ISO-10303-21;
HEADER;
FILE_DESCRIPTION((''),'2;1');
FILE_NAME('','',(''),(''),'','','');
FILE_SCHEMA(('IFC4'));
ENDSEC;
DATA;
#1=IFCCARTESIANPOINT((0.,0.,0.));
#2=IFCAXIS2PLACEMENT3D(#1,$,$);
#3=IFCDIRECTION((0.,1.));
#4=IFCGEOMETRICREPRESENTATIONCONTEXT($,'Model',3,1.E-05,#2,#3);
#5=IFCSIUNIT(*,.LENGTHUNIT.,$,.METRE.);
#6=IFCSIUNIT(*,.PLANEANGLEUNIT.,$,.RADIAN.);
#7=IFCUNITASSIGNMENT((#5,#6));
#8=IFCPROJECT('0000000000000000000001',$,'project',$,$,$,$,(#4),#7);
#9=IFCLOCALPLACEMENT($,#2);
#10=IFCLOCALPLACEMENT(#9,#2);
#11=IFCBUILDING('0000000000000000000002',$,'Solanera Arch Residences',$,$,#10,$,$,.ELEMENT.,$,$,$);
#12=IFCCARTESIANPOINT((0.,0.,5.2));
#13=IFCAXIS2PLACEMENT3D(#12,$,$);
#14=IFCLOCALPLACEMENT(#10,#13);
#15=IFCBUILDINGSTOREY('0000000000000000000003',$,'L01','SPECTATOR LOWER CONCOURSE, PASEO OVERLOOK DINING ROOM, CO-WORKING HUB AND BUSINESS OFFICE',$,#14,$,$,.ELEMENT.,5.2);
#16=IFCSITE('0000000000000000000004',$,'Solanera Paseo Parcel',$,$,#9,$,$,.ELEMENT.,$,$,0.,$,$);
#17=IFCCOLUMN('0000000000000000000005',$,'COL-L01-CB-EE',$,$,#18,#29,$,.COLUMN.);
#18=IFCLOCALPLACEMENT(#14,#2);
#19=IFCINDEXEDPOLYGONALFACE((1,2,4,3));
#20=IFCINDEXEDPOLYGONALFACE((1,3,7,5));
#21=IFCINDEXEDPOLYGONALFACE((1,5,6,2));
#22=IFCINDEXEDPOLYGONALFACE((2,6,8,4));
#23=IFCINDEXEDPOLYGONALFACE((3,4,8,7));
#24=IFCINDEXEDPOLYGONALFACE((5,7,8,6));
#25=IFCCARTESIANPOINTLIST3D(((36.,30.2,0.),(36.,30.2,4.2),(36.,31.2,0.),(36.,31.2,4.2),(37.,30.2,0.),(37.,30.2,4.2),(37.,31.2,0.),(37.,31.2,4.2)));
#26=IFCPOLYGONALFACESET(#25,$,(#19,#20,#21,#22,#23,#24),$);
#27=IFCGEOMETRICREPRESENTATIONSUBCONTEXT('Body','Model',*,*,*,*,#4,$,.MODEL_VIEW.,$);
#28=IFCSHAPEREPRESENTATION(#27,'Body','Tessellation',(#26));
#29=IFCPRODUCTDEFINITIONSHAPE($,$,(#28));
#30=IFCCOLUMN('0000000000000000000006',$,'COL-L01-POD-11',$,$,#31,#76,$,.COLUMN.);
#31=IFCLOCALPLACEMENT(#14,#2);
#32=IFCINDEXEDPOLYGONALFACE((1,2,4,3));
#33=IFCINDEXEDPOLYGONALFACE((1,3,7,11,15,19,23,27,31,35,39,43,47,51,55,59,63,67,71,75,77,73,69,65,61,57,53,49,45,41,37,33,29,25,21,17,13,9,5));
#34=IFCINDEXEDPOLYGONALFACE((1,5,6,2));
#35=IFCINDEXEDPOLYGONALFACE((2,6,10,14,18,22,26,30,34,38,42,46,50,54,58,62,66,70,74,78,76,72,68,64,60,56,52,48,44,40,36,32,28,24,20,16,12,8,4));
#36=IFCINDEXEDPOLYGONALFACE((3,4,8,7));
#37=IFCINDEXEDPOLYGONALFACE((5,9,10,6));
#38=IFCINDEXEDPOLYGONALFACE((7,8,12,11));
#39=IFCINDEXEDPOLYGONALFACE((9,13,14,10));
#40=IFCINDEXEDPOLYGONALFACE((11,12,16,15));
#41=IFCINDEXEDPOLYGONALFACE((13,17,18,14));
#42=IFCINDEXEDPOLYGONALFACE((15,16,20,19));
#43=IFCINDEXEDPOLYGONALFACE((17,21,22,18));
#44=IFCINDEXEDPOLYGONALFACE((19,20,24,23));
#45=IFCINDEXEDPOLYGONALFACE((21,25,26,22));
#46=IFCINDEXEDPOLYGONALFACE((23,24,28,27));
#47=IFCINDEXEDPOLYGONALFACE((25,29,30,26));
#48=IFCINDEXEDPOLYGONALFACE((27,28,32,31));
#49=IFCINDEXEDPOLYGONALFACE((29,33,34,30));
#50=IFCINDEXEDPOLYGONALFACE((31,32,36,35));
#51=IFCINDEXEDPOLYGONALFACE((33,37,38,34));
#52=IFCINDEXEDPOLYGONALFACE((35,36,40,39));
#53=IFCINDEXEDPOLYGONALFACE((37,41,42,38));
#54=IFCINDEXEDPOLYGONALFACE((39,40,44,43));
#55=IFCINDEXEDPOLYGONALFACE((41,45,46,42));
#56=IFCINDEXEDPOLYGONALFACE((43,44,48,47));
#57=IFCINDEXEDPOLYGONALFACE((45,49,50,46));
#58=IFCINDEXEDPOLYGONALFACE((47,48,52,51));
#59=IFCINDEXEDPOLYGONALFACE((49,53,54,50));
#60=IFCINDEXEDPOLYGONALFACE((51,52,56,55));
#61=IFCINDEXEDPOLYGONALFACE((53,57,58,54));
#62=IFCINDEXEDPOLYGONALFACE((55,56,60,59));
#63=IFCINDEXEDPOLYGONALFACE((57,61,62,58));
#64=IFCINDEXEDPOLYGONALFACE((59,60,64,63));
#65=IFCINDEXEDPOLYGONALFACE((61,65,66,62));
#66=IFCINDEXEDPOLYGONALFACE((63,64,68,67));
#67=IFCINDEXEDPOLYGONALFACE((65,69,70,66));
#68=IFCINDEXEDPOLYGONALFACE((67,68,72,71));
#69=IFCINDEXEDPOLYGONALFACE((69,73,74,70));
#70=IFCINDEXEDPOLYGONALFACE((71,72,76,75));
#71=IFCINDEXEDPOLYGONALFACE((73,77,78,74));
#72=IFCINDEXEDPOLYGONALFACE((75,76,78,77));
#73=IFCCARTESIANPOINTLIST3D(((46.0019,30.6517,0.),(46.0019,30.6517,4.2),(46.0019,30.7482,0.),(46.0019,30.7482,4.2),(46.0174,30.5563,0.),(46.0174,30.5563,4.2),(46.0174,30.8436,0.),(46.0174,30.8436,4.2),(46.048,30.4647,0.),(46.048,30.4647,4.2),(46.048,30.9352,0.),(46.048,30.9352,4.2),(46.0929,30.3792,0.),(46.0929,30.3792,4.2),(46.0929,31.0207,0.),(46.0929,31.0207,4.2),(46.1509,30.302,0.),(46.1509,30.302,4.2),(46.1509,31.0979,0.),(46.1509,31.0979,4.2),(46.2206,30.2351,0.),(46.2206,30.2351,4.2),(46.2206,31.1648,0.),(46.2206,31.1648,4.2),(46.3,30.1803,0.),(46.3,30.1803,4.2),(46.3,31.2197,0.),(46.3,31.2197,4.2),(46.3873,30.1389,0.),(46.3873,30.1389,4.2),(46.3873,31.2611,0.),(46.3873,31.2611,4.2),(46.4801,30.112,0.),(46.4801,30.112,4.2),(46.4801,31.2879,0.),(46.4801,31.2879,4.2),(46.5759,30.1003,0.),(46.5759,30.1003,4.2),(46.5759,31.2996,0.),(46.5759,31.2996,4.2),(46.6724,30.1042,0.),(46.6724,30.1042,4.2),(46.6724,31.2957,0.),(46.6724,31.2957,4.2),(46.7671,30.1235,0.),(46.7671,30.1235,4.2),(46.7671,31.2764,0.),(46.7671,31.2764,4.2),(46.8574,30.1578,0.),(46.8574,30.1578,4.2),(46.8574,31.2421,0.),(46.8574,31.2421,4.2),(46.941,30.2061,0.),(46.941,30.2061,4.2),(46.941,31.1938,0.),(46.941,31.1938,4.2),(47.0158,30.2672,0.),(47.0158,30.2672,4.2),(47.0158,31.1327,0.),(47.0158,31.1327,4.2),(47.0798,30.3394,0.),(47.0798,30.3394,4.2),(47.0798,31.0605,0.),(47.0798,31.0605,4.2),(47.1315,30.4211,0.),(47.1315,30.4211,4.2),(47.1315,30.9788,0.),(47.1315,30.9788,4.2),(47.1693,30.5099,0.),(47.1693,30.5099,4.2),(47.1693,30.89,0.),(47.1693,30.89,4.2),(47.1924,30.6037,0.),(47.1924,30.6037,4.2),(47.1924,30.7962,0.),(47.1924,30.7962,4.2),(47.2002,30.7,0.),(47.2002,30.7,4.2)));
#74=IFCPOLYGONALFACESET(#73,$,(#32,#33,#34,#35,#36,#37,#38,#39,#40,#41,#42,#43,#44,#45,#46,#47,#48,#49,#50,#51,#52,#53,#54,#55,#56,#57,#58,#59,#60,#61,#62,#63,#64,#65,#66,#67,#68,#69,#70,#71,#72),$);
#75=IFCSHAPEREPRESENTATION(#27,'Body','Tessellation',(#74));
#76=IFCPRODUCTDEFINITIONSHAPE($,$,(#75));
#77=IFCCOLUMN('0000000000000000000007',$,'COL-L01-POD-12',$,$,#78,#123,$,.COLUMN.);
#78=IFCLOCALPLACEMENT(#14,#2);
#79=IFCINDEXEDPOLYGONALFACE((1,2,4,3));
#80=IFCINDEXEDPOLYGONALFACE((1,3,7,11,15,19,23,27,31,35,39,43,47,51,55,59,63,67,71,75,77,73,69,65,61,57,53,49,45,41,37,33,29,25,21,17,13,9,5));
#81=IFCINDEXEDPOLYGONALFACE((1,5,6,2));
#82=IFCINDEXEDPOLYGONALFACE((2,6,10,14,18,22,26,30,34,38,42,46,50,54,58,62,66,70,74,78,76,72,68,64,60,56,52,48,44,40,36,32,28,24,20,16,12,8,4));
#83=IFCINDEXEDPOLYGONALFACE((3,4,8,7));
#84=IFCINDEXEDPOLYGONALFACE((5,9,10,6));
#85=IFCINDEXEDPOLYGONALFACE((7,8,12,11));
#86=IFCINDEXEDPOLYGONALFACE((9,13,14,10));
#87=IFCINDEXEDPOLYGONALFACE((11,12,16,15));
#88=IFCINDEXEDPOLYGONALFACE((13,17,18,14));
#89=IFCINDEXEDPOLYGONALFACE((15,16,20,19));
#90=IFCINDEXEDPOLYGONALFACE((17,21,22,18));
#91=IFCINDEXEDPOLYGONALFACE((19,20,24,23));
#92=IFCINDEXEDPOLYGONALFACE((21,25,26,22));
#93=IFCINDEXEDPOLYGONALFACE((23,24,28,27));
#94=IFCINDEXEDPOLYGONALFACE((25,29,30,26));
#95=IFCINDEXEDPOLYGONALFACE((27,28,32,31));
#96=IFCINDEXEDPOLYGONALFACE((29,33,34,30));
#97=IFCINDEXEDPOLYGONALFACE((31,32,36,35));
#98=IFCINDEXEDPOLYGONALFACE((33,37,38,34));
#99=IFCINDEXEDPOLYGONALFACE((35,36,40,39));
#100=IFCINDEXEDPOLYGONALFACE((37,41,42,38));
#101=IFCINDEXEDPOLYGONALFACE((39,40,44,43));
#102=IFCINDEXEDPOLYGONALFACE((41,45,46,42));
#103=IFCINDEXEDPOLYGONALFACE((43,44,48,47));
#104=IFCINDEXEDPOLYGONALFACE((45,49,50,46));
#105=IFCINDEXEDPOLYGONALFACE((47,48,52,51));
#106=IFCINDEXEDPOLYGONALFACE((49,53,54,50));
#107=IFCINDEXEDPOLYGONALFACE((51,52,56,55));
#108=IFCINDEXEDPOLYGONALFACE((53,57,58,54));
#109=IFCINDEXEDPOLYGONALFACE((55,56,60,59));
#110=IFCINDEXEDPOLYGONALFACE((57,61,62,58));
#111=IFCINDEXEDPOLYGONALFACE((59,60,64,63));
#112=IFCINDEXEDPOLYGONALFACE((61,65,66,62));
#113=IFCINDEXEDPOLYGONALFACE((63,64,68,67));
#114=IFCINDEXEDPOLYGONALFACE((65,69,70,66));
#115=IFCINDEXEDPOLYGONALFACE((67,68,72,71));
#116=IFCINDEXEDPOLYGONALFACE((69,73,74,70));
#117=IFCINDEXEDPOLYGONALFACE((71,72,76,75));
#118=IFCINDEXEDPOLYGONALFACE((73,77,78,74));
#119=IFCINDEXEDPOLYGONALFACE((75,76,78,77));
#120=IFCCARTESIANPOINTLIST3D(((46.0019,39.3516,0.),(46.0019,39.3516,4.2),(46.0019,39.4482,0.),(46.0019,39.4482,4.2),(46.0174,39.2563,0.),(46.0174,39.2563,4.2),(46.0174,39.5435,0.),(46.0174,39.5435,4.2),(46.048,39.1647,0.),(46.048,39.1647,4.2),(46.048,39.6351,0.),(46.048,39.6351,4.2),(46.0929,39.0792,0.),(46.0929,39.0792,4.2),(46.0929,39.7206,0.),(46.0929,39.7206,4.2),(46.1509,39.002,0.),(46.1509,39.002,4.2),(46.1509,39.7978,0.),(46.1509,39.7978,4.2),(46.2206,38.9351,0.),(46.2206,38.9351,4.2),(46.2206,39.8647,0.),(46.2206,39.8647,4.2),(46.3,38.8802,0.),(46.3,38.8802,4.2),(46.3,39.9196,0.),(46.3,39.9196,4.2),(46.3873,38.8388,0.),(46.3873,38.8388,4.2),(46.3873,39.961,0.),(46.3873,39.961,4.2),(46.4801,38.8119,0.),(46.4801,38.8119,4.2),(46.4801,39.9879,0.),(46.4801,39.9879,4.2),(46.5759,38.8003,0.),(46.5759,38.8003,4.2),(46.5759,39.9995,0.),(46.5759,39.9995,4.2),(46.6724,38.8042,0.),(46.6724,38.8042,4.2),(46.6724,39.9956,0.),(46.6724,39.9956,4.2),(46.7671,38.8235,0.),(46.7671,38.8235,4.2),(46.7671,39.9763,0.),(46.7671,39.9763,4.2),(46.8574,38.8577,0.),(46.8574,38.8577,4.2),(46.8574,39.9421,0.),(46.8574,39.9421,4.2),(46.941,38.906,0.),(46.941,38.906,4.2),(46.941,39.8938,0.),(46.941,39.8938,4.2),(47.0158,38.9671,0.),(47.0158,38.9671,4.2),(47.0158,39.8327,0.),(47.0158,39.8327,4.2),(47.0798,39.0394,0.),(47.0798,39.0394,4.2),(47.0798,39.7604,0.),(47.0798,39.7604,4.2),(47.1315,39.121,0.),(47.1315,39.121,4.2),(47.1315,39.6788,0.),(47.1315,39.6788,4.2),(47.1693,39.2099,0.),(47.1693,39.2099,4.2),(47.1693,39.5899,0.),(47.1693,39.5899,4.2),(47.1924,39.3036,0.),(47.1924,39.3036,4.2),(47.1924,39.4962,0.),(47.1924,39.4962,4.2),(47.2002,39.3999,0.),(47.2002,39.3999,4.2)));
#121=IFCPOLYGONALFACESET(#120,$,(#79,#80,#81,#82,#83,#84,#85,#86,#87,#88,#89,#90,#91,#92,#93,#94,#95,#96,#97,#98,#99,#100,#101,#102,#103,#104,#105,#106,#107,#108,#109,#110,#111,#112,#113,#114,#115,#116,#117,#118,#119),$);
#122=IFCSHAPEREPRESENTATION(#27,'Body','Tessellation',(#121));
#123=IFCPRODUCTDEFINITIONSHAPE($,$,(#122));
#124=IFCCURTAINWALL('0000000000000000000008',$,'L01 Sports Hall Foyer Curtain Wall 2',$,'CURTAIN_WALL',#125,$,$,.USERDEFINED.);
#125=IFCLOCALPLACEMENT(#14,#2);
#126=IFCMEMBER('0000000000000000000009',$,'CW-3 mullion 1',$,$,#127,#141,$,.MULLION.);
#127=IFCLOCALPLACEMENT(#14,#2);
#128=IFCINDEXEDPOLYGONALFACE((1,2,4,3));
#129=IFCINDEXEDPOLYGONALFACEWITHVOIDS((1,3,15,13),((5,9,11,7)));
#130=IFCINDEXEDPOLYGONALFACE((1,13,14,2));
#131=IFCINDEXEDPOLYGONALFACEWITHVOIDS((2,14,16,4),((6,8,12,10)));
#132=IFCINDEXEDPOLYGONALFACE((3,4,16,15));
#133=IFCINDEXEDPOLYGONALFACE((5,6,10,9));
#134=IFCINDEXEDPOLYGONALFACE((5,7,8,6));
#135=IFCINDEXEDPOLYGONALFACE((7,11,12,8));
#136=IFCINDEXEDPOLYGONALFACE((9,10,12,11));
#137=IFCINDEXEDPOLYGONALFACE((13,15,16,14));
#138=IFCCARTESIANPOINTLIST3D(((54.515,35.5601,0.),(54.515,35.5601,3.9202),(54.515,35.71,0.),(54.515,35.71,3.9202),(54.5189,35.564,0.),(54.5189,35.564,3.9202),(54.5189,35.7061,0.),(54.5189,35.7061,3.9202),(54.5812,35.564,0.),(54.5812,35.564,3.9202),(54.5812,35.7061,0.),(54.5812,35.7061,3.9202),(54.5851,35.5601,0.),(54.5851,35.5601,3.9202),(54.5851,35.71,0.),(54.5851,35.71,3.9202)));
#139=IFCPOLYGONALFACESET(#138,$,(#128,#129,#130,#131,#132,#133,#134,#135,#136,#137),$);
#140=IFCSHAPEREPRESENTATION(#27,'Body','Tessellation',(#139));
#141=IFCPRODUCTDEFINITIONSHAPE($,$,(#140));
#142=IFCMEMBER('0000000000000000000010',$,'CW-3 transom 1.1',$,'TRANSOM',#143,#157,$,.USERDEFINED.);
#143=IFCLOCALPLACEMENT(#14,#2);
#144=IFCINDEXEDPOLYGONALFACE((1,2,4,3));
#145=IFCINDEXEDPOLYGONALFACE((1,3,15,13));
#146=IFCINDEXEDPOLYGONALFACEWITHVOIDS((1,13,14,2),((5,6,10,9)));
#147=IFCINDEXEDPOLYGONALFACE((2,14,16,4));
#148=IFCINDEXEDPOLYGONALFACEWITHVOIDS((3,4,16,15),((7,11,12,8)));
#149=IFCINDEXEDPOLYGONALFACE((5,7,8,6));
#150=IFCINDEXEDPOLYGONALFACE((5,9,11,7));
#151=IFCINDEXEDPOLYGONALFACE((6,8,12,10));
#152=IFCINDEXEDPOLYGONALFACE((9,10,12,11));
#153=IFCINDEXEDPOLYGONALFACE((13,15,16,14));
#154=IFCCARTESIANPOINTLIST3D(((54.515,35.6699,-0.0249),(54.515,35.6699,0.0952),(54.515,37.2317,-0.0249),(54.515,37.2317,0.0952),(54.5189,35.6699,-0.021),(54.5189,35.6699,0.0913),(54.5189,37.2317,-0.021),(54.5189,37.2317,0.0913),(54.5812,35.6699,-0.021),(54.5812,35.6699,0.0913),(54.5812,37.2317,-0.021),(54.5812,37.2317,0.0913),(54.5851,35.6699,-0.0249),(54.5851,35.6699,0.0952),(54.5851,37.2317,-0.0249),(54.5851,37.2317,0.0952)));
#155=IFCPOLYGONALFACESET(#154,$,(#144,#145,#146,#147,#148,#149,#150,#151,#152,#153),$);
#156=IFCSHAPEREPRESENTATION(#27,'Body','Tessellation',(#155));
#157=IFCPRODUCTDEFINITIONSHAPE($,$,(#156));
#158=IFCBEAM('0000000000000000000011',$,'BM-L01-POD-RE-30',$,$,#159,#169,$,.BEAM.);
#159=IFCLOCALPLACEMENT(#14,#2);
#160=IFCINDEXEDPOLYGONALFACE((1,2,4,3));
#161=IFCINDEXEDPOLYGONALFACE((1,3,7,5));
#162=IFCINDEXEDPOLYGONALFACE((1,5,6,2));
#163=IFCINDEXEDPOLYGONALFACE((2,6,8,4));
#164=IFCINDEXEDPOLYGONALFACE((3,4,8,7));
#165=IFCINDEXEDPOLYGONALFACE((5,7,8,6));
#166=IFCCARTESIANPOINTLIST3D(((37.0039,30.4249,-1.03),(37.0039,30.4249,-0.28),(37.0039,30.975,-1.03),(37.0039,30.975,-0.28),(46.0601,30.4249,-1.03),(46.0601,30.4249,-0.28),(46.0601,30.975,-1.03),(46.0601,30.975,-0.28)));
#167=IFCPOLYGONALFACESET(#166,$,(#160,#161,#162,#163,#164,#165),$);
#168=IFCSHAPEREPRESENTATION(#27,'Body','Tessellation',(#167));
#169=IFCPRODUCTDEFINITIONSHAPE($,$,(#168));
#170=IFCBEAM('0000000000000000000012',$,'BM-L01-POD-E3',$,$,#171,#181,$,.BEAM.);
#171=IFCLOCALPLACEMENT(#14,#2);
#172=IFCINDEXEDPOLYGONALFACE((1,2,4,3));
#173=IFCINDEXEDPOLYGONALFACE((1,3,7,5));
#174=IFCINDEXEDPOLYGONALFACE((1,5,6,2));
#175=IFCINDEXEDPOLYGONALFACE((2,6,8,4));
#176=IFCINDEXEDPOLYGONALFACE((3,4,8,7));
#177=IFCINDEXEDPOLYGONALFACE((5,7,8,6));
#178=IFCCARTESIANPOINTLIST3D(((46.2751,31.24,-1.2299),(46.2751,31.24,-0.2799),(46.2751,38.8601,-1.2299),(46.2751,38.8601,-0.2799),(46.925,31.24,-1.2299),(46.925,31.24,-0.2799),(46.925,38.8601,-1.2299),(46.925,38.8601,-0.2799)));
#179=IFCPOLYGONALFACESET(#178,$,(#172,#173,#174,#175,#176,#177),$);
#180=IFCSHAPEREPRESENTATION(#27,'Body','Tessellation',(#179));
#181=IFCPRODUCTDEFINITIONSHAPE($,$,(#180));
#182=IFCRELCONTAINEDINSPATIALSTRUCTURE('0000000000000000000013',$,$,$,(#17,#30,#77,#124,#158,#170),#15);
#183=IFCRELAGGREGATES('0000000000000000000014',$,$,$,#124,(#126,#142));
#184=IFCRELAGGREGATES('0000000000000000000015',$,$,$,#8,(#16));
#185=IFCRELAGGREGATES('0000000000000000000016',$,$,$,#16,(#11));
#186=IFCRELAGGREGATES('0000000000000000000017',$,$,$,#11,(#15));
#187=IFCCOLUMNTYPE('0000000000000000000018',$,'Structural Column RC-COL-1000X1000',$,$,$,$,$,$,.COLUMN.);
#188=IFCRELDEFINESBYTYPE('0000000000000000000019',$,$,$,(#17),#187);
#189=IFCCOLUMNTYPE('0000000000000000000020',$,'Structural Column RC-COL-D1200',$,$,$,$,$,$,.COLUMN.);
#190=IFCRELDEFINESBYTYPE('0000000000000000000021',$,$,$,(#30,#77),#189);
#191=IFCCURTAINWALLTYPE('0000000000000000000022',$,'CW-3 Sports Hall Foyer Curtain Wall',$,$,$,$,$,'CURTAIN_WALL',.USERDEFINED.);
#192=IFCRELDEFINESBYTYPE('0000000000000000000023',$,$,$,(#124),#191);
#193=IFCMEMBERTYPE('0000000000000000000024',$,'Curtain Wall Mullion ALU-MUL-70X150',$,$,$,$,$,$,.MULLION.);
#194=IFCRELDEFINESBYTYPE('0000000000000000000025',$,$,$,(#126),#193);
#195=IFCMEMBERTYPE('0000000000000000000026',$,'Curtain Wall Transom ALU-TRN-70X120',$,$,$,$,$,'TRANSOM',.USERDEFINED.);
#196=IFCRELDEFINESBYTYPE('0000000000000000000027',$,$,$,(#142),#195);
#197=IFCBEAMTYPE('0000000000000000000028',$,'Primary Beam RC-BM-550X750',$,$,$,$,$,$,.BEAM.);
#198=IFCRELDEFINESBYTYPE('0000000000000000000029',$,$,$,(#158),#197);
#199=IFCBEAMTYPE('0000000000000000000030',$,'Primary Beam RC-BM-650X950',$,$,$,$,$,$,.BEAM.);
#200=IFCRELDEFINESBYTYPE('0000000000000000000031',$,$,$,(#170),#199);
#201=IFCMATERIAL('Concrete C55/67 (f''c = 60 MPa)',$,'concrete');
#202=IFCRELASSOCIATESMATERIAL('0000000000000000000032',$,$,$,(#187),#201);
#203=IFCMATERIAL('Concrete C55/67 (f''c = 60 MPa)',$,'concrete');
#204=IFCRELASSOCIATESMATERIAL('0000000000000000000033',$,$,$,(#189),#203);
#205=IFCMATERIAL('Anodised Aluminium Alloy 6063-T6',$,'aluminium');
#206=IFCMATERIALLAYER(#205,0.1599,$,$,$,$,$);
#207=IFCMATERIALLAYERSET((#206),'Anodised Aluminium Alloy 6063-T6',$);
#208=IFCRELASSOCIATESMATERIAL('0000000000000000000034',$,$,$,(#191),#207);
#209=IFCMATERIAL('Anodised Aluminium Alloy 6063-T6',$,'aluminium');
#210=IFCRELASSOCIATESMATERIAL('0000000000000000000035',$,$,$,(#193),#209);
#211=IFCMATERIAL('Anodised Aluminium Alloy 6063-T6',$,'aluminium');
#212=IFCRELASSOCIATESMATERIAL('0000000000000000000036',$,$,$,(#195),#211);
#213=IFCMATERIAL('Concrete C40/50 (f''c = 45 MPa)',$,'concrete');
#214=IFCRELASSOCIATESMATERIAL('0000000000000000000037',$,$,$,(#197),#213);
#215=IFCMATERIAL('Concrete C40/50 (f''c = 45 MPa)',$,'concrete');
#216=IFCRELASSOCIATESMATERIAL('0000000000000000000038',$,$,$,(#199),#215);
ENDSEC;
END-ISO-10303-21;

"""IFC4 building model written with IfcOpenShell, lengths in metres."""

from ifc_helpers import new_model, si_unit, direction, frame, origin, origin_2d, place, context, subcontext, project, spatial, rectangle, hollow_rectangle, circle, extrude, material, layer, layer_set, material_profile, profile_set, type_object, element, aggregate, save


model = new_model("IFC4")

# Units and contexts
model_context = context("Model", 3, precision=1e-05, world=origin(), true_north=direction((0.0, 1.0)))
body_context = subcontext(model_context, "Body", "Model", "MODEL_VIEW")
ifc_project = project(units=[si_unit("LENGTHUNIT", "METRE"), si_unit("PLANEANGLEUNIT", "RADIAN")], contexts=[model_context])

# Site, building, storey
site_placement = place(None, origin())
site = spatial("IfcSite", under=ifc_project, at=site_placement, Name="Solanera Paseo Parcel", CompositionType="ELEMENT", RefElevation=0.0)
building_placement = place(site_placement, origin())
building = spatial("IfcBuilding", under=site, at=building_placement, Name="Solanera Arch Residences", CompositionType="ELEMENT")
storey_placement = place(building_placement, frame((0.0, 0.0, 5.2)))
storey = spatial("IfcBuildingStorey", under=building, at=storey_placement, Name="L01", Description="SPECTATOR LOWER CONCOURSE, PASEO OVERLOOK DINING ROOM, CO-WORKING HUB AND BUSINESS OFFICE", CompositionType="ELEMENT", Elevation=5.2)

# Columns
ifc_material_1 = material(Name="Concrete C55/67 (f'c = 60 MPa)", Category="concrete")
ifc_material_profile_1 = material_profile(ifc_material_1, rectangle(XDim=1.0, YDim=1.0, at=origin_2d()))
ifc_profile_set_1 = profile_set([ifc_material_profile_1], Name="Concrete C55/67 (f'c = 60 MPa)")
column_type_1 = type_object("IfcColumnType", Name="Structural Column RC-COL-1000X1000", PredefinedType="COLUMN", material=ifc_profile_set_1)
column_placement = place(storey_placement, frame((36.5, 30.7, 0.0), z_axis=(0.0, 0.0, 1.0), x_axis=(1.0, 0.0, 0.0)))
element("IfcColumn", 1, at=column_placement, inside=storey, type_object=column_type_1, Name="COL-L01-CB-EE", PredefinedType="COLUMN", context=body_context, shape_type="SweptSolid", body=[
    extrude(rectangle(XDim=1.0, YDim=1.0, at=origin_2d()), origin(), (0.0, 0.0, 1.0), 4.2),
])
ifc_material_2 = material(Name="Concrete C55/67 (f'c = 60 MPa)", Category="concrete")
ifc_material_profile_2 = material_profile(ifc_material_2, circle(Radius=0.6001, at=origin_2d()))
ifc_profile_set_2 = profile_set([ifc_material_profile_2], Name="Concrete C55/67 (f'c = 60 MPa)")
column_type_2 = type_object("IfcColumnType", Name="Structural Column RC-COL-D1200", PredefinedType="COLUMN", material=ifc_profile_set_2)
for number, where, z_axis, x_axis, name in (
    (2, (46.6001, 30.7, 0.0), (0.0, 0.0, 1.0), (1.0, 0.0, 0.0), "COL-L01-POD-11"),
    (3, (46.6001, 39.3999, 0.0), (0.0, 0.0, 1.0), (1.0, 0.0, 0.0), "COL-L01-POD-12"),
):
    element("IfcColumn", number, at=place(storey_placement, frame(where, z_axis=z_axis, x_axis=x_axis)), inside=storey, type_object=column_type_2, Name=name, PredefinedType="COLUMN", context=body_context, shape_type="SweptSolid", body=[
        extrude(circle(Radius=0.6001, at=origin_2d()), origin(), (0.0, 0.0, 1.0), 4.2),
    ])

# Curtain wall, members
ifc_material_3 = material(Name="Anodised Aluminium Alloy 6063-T6", Category="aluminium")
ifc_layer_1 = layer(ifc_material_3, 0.1599)
ifc_layer_set_1 = layer_set([ifc_layer_1], Name="Anodised Aluminium Alloy 6063-T6")
curtain_wall_type = type_object("IfcCurtainWallType", Name="CW-3 Sports Hall Foyer Curtain Wall", ElementType="CURTAIN_WALL", PredefinedType="USERDEFINED", material=ifc_layer_set_1)
curtain_wall_placement = place(storey_placement, origin())
curtain_wall = element("IfcCurtainWall", 4, at=curtain_wall_placement, inside=storey, type_object=curtain_wall_type, Name="L01 Sports Hall Foyer Curtain Wall 2", ObjectType="CURTAIN_WALL", PredefinedType="USERDEFINED")
ifc_material_4 = material(Name="Anodised Aluminium Alloy 6063-T6", Category="aluminium")
ifc_material_profile_3 = material_profile(ifc_material_4, hollow_rectangle(XDim=0.0701, YDim=0.1499, WallThickness=0.0039, at=origin_2d()))
ifc_profile_set_3 = profile_set([ifc_material_profile_3], Name="Anodised Aluminium Alloy 6063-T6")
member_type_1 = type_object("IfcMemberType", Name="Curtain Wall Mullion ALU-MUL-70X150", PredefinedType="MULLION", material=ifc_profile_set_3)
member_1_placement = place(storey_placement, frame((54.55, 35.635, 0.0), z_axis=(0.0, 0.0, 1.0), x_axis=(-1.0, 0.0, 0.0)))
member_1 = element("IfcMember", 5, at=member_1_placement, type_object=member_type_1, Name="CW-3 mullion 1", PredefinedType="MULLION", context=body_context, shape_type="SweptSolid", body=[
    extrude(hollow_rectangle(XDim=0.0701, YDim=0.1499, WallThickness=0.0039, at=origin_2d()), origin(), (0.0, 0.0, 1.0), 3.9202),
])
ifc_material_5 = material(Name="Anodised Aluminium Alloy 6063-T6", Category="aluminium")
ifc_material_profile_4 = material_profile(ifc_material_5, hollow_rectangle(XDim=0.0701, YDim=0.1201, WallThickness=0.0039, at=origin_2d()))
ifc_profile_set_4 = profile_set([ifc_material_profile_4], Name="Anodised Aluminium Alloy 6063-T6")
member_type_2 = type_object("IfcMemberType", Name="Curtain Wall Transom ALU-TRN-70X120", ElementType="TRANSOM", PredefinedType="USERDEFINED", material=ifc_profile_set_4)
member_2_placement = place(storey_placement, frame((54.55, 35.6699, 0.0352), z_axis=(0.0, 1.0, 0.0), x_axis=(-1.0, 0.0, 0.0)))
member_2 = element("IfcMember", 6, at=member_2_placement, type_object=member_type_2, Name="CW-3 transom 1.1", ObjectType="TRANSOM", PredefinedType="USERDEFINED", context=body_context, shape_type="SweptSolid", body=[
    extrude(hollow_rectangle(XDim=0.0701, YDim=0.1201, WallThickness=0.0039, at=origin_2d()), origin(), (0.0, 0.0, 1.0), 1.5618),
])
aggregate(curtain_wall, [member_1, member_2])

# Beams
ifc_material_6 = material(Name="Concrete C40/50 (f'c = 45 MPa)", Category="concrete")
ifc_material_profile_5 = material_profile(ifc_material_6, rectangle(XDim=0.55, YDim=0.75, at=origin_2d()))
ifc_profile_set_5 = profile_set([ifc_material_profile_5], Name="Concrete C40/50 (f'c = 45 MPa)")
beam_type_1 = type_object("IfcBeamType", Name="Primary Beam RC-BM-550X750", PredefinedType="BEAM", material=ifc_profile_set_5)
beam_1_placement = place(storey_placement, frame((37.0039, 30.7, -0.655), z_axis=(1.0, 0.0, 0.0), x_axis=(0.0, 1.0, 0.0)))
element("IfcBeam", 7, at=beam_1_placement, inside=storey, type_object=beam_type_1, Name="BM-L01-POD-RE-30", PredefinedType="BEAM", context=body_context, shape_type="SweptSolid", body=[
    extrude(rectangle(XDim=0.55, YDim=0.75, at=origin_2d()), origin(), (0.0, 0.0, 1.0), 9.0562),
])
ifc_material_7 = material(Name="Concrete C40/50 (f'c = 45 MPa)", Category="concrete")
ifc_material_profile_6 = material_profile(ifc_material_7, rectangle(XDim=0.6499, YDim=0.95, at=origin_2d()))
ifc_profile_set_6 = profile_set([ifc_material_profile_6], Name="Concrete C40/50 (f'c = 45 MPa)")
beam_type_2 = type_object("IfcBeamType", Name="Primary Beam RC-BM-650X950", PredefinedType="BEAM", material=ifc_profile_set_6)
beam_2_placement = place(storey_placement, frame((46.6001, 31.24, -0.7549), z_axis=(0.0, 1.0, 0.0), x_axis=(-1.0, 0.0, 0.0)))
element("IfcBeam", 8, at=beam_2_placement, inside=storey, type_object=beam_type_2, Name="BM-L01-POD-E3", PredefinedType="BEAM", context=body_context, shape_type="SweptSolid", body=[
    extrude(rectangle(XDim=0.6499, YDim=0.95, at=origin_2d()), origin(), (0.0, 0.0, 1.0), 7.6201),
])

save(model, "model.ifc")
